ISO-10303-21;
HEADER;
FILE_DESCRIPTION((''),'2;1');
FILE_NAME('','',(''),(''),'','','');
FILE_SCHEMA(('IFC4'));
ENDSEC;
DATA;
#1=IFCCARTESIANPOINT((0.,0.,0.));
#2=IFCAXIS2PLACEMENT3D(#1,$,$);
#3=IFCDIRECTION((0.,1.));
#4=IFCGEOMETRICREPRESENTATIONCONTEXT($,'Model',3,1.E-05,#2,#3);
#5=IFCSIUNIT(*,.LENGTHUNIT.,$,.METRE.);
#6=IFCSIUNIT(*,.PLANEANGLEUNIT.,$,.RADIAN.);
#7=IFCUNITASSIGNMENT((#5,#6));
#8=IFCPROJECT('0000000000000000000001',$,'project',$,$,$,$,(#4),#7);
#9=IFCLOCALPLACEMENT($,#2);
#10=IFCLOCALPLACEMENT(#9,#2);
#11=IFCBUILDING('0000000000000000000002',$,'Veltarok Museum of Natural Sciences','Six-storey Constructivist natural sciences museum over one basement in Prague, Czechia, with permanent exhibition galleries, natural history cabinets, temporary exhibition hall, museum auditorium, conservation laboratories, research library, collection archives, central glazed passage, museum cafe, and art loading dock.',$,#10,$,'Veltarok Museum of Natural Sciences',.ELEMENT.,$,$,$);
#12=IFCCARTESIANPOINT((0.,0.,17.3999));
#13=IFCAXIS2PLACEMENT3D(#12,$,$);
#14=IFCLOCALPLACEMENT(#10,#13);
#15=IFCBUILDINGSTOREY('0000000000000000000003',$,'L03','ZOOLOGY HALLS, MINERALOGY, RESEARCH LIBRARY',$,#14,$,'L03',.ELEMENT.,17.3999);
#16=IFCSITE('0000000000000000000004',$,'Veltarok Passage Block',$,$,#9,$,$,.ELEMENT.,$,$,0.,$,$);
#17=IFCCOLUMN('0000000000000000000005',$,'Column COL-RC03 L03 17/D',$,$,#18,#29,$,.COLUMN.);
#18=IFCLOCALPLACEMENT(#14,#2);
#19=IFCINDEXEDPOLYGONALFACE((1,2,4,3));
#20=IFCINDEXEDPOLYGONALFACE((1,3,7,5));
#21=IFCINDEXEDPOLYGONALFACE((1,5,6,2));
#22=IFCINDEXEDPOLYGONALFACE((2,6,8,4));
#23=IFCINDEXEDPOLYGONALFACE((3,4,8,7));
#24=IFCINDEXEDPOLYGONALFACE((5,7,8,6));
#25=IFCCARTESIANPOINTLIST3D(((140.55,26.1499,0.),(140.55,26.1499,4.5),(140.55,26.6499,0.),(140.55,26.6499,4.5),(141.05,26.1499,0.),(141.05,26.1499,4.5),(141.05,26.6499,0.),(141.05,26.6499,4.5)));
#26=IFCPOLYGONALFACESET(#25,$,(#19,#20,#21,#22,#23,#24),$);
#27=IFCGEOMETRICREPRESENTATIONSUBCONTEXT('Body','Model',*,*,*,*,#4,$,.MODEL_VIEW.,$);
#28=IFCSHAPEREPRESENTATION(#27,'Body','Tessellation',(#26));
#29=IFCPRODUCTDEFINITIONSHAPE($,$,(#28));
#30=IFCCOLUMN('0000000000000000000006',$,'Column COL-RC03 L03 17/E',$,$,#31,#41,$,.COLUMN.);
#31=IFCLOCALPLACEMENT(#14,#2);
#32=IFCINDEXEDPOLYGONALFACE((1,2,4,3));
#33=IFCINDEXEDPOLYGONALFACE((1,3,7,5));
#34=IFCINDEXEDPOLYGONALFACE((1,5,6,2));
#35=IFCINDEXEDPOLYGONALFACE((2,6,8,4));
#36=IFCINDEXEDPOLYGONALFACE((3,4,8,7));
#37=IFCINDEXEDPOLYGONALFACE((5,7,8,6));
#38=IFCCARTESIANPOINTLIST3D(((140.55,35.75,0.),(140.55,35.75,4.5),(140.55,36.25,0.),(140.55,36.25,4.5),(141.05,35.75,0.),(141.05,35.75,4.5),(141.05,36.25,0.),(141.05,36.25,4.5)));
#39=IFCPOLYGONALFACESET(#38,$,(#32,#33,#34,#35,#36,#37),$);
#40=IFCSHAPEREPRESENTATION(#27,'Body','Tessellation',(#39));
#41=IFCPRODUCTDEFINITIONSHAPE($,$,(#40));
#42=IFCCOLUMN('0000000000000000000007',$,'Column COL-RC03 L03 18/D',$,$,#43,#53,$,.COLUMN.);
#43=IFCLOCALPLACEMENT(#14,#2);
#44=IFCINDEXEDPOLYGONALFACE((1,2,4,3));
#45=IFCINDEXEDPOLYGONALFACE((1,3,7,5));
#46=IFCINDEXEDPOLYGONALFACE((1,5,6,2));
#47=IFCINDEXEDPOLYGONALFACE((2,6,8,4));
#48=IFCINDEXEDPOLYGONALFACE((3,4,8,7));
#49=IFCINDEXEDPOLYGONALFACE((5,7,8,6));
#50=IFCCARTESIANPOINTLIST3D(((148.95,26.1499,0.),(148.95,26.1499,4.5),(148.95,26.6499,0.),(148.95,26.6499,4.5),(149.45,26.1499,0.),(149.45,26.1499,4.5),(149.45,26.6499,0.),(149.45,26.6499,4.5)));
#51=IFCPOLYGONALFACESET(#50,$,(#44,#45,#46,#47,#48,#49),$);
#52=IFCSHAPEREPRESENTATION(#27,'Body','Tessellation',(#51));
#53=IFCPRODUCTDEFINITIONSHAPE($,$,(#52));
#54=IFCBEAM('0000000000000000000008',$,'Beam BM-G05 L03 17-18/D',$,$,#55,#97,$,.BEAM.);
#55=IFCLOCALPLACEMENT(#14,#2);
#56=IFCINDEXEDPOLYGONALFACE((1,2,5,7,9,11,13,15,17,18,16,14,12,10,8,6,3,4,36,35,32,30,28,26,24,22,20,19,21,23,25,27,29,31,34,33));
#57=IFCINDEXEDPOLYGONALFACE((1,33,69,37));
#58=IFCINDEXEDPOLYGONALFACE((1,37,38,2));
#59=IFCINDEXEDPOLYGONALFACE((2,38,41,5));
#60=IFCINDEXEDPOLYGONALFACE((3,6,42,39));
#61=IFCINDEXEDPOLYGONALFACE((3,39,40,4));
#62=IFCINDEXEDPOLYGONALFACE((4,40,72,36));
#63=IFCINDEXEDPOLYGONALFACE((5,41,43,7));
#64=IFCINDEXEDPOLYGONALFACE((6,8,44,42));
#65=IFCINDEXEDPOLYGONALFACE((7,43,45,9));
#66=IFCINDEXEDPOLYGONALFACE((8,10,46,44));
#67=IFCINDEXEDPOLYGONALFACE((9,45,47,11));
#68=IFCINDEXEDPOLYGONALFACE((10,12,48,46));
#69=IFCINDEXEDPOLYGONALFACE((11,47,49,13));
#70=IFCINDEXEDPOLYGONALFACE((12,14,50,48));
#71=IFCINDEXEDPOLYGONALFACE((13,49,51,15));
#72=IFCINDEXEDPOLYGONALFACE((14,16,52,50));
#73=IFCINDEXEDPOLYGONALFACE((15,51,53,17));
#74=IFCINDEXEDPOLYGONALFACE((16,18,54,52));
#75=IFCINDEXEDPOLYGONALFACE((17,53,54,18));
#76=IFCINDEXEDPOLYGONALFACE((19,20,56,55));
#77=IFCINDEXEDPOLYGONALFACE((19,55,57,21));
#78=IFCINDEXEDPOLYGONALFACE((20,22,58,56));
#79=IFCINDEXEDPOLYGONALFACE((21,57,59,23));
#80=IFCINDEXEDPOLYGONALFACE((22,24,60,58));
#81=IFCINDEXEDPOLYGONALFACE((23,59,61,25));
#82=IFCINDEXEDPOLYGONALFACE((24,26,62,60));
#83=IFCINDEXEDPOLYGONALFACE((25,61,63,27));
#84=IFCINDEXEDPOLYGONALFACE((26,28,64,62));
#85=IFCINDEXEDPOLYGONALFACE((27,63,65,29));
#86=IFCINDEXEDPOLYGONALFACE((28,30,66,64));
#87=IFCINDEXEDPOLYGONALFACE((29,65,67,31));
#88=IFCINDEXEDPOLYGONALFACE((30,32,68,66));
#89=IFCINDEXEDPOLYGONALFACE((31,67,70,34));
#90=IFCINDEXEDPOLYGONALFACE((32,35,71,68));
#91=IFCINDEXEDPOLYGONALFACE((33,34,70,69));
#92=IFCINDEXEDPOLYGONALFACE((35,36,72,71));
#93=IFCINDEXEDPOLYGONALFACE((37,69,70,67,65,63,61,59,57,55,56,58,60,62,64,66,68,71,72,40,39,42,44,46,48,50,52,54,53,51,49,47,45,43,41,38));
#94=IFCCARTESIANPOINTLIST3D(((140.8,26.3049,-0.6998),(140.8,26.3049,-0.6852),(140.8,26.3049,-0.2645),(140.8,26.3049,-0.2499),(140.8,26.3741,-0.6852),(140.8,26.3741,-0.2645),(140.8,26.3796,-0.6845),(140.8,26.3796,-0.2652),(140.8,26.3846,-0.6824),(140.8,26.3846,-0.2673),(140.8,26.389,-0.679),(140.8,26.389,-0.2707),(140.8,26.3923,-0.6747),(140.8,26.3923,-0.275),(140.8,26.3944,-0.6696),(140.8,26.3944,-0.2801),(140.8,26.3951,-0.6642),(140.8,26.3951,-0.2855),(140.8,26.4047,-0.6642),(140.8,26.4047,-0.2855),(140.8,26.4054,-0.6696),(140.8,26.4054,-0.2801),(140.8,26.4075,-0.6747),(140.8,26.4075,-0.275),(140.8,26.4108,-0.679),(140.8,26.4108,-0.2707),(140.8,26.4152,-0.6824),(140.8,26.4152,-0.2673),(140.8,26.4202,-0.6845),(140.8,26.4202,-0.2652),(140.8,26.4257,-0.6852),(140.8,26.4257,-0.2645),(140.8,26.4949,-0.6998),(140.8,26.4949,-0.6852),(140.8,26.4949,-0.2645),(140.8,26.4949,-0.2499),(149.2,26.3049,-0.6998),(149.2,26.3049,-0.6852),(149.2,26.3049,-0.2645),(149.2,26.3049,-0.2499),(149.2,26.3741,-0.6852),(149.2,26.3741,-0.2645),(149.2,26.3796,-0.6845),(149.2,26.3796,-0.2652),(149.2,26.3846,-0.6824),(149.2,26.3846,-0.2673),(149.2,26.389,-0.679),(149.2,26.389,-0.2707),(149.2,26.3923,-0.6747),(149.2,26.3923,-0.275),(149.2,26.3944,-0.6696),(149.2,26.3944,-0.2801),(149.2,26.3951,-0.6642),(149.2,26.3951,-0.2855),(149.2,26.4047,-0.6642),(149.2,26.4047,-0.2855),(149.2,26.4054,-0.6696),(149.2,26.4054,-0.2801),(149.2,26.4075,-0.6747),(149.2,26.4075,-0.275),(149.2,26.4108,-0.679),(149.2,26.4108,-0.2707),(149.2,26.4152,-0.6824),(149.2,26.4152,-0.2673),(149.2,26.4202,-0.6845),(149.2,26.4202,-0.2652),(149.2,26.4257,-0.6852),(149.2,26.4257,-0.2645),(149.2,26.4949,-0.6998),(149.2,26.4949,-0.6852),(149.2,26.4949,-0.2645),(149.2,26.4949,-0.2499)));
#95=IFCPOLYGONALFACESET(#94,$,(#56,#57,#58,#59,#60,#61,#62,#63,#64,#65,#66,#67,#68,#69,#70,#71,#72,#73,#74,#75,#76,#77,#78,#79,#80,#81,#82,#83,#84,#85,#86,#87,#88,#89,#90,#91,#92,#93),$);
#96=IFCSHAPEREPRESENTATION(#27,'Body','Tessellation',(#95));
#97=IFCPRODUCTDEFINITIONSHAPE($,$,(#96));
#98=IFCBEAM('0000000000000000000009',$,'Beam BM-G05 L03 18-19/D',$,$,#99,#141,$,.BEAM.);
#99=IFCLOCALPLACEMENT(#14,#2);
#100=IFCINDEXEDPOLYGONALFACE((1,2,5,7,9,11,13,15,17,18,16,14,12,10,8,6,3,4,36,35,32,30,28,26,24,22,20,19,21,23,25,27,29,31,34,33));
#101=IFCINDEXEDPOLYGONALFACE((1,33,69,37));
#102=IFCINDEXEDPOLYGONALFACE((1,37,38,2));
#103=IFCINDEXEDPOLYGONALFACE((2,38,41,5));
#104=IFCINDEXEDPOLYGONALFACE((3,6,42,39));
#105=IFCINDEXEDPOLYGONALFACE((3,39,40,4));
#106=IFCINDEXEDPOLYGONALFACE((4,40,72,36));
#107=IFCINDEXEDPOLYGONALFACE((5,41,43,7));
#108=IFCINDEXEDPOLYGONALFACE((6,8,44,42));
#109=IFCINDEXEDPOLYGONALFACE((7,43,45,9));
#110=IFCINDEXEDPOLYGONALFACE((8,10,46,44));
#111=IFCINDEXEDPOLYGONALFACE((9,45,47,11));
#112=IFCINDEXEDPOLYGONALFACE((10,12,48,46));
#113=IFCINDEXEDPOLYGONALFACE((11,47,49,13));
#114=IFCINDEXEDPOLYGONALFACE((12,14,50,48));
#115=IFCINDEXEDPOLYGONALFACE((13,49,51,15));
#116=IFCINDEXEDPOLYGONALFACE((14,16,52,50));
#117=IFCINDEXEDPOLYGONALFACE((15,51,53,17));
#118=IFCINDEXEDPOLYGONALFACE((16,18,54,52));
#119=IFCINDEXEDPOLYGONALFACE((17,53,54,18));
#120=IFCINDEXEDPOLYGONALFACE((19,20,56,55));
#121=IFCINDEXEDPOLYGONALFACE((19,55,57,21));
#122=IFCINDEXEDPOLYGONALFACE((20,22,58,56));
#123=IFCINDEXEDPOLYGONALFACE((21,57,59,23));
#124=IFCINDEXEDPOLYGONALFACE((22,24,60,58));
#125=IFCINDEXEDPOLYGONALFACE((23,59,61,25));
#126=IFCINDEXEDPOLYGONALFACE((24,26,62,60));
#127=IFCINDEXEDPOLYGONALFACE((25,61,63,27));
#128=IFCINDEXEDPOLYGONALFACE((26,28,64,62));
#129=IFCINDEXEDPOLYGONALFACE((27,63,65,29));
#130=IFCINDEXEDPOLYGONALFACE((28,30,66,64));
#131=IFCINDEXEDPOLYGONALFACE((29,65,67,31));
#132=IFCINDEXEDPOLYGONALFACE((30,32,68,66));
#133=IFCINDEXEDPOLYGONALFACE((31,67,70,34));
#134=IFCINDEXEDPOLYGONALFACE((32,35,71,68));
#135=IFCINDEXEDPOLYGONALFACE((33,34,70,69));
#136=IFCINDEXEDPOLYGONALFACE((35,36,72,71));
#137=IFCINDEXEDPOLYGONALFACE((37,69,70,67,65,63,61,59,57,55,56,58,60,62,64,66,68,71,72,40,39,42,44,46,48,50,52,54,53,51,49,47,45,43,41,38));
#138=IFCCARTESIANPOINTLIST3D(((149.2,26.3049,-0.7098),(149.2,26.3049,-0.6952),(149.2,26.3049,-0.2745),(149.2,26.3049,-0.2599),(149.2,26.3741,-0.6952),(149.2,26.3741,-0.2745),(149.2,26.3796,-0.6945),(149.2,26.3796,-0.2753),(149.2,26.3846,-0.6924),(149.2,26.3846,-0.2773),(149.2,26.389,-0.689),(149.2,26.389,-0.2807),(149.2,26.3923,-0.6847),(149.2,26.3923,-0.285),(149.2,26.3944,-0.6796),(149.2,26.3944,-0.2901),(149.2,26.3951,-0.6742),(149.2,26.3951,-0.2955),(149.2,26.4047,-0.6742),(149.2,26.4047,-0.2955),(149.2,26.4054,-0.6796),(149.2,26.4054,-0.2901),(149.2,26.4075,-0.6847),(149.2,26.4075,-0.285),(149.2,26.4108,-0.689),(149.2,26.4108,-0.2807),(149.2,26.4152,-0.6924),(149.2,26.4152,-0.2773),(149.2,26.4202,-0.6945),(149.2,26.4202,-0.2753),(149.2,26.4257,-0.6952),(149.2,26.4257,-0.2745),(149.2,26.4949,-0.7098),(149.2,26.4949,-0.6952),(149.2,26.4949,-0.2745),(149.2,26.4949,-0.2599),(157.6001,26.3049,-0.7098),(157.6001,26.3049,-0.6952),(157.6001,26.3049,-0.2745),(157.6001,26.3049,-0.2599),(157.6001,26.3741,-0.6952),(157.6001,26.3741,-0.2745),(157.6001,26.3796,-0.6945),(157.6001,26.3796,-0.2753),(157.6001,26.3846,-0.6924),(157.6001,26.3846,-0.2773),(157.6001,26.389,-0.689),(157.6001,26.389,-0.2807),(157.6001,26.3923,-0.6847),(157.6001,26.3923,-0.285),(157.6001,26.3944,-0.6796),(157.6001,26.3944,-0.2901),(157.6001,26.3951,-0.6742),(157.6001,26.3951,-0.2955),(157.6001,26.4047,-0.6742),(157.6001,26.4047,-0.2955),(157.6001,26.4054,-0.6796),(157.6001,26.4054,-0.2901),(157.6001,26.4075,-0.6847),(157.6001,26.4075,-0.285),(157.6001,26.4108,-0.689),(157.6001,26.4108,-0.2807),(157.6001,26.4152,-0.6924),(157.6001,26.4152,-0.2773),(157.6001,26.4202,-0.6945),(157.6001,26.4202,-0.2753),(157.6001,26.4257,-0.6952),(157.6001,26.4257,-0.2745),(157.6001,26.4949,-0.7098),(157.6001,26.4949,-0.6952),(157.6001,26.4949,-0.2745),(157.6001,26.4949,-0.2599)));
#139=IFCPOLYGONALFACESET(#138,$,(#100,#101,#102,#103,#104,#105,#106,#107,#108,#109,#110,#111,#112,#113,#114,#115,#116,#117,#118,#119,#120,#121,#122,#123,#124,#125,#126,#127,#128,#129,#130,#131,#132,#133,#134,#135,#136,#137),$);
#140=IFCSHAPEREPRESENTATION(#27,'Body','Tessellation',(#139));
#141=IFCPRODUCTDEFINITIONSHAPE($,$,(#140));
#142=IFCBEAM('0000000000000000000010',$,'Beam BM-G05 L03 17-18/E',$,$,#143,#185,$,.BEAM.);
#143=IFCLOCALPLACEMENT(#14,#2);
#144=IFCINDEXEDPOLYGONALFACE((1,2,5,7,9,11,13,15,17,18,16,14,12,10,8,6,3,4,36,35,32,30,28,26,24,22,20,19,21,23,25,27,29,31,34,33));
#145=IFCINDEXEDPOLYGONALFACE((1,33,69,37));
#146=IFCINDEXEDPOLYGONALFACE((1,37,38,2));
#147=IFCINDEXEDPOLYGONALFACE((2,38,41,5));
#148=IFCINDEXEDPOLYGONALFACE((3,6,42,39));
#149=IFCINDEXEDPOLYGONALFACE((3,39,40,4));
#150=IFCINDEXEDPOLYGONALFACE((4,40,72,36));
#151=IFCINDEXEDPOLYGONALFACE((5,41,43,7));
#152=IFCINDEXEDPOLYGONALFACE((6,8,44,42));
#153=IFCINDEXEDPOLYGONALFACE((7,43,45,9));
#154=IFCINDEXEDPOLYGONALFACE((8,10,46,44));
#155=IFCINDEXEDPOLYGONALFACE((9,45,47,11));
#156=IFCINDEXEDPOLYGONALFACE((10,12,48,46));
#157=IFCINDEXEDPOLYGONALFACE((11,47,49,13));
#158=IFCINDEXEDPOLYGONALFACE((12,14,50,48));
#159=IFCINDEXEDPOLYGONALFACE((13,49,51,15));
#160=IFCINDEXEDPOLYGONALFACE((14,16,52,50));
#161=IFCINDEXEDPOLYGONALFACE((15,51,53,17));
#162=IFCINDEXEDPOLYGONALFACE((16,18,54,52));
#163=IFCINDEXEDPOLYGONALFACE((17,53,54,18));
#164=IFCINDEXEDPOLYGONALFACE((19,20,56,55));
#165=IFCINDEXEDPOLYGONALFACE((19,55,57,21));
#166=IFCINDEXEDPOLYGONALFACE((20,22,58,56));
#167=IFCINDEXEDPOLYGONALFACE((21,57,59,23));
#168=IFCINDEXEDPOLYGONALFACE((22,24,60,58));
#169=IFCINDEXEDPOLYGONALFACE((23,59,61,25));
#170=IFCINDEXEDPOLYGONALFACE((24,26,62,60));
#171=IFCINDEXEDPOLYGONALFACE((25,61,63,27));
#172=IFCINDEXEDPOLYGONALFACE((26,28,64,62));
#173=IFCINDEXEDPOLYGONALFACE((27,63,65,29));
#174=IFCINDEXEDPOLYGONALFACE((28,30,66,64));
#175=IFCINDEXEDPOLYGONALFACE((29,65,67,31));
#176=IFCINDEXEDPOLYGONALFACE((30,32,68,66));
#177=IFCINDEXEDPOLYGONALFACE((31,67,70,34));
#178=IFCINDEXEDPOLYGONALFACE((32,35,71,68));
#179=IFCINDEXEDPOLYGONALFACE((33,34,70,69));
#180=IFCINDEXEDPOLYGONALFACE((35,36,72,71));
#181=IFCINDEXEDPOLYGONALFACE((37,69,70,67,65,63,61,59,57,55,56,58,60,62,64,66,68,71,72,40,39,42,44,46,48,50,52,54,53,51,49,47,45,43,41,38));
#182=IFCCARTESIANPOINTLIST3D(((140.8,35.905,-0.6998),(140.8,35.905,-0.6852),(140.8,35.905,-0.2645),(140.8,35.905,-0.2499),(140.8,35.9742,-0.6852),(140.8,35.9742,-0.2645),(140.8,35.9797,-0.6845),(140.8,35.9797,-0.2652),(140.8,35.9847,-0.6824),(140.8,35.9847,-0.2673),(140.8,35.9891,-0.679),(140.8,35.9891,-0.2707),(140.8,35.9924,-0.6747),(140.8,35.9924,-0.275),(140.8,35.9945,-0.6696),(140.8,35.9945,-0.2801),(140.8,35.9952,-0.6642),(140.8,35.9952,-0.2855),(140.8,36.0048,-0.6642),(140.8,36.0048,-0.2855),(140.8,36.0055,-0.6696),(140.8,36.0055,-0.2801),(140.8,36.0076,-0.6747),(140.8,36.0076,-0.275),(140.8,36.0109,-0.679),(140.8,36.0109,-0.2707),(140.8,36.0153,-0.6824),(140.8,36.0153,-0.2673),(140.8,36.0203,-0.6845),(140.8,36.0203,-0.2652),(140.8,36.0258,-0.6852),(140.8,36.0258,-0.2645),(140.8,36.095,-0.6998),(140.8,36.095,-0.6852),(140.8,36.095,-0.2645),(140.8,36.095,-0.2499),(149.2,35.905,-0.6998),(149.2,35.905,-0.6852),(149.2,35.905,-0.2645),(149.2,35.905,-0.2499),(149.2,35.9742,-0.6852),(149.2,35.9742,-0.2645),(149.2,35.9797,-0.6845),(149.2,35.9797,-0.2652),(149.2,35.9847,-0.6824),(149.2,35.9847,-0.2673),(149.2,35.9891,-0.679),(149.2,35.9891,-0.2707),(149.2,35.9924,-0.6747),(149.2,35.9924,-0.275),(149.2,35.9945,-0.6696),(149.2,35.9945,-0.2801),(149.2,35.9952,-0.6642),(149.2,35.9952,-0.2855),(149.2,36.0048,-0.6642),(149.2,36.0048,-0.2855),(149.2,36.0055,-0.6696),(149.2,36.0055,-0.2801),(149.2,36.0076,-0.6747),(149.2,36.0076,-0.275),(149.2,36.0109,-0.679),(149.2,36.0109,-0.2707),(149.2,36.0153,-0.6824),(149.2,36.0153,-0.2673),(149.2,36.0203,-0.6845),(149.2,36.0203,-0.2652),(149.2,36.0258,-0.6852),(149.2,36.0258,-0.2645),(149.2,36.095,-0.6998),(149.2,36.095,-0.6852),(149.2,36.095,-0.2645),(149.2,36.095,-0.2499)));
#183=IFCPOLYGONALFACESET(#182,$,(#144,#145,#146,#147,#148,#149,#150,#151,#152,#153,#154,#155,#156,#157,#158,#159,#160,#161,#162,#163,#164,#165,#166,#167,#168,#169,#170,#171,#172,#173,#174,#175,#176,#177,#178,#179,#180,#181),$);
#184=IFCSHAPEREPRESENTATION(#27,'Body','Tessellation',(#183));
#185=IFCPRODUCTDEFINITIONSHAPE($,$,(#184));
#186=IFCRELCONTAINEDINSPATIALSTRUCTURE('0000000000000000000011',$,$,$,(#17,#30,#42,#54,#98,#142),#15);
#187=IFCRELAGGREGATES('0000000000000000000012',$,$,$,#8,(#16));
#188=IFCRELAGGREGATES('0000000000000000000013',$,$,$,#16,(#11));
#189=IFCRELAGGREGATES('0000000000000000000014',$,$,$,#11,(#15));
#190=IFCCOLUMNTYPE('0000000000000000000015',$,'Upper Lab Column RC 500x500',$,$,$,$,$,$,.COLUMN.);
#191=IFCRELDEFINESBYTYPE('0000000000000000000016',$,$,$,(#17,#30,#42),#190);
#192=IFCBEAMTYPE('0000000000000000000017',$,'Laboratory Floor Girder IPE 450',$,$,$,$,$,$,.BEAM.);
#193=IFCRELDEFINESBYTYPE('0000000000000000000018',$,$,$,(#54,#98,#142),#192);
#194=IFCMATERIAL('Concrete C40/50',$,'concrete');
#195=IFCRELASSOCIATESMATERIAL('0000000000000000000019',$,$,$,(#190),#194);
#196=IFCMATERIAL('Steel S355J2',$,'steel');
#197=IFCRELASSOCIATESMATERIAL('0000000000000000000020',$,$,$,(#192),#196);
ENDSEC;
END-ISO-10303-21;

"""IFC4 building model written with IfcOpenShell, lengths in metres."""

from ifc_helpers import new_model, si_unit, direction, frame, origin, origin_2d, place, context, subcontext, project, spatial, rectangle, i_section, extrude, material, material_profile, profile_set, type_object, element, save


model = new_model("IFC4")

# Units and contexts
model_context = context("Model", 3, precision=1e-05, world=origin(), true_north=direction((0.0, 1.0)))
body_context = subcontext(model_context, "Body", "Model", "MODEL_VIEW")
ifc_project = project(units=[si_unit("LENGTHUNIT", "METRE"), si_unit("PLANEANGLEUNIT", "RADIAN")], contexts=[model_context])

# Site, building, storey
site_placement = place(None, origin())
site = spatial("IfcSite", under=ifc_project, at=site_placement, Name="Veltarok Passage Block", CompositionType="ELEMENT", RefElevation=0.0)
building_placement = place(site_placement, origin())
building = spatial("IfcBuilding", under=site, at=building_placement, Name="Veltarok Museum of Natural Sciences", Description="Six-storey Constructivist natural sciences museum over one basement in Prague, Czechia, with permanent exhibition galleries, natural history cabinets, temporary exhibition hall, museum auditorium, conservation laboratories, research library, collection archives, central glazed passage, museum cafe, and art loading dock.", LongName="Veltarok Museum of Natural Sciences", CompositionType="ELEMENT")
storey_placement = place(building_placement, frame((0.0, 0.0, 17.3999)))
storey = spatial("IfcBuildingStorey", under=building, at=storey_placement, Name="L03", Description="ZOOLOGY HALLS, MINERALOGY, RESEARCH LIBRARY", LongName="L03", CompositionType="ELEMENT", Elevation=17.3999)

# Columns
ifc_material_1 = material(Name="Concrete C40/50", Category="concrete")
ifc_material_profile_1 = material_profile(ifc_material_1, rectangle(XDim=0.5, YDim=0.5, at=origin_2d()), Name="RC 500x500")
ifc_profile_set_1 = profile_set([ifc_material_profile_1], Name="Concrete C40/50")
column_type = type_object("IfcColumnType", Name="Upper Lab Column RC 500x500", PredefinedType="COLUMN", material=ifc_profile_set_1)
for number, where, z_axis, x_axis, name in (
    (1, (140.8, 26.3999, 0.0), (0.0, 0.0, 1.0), (1.0, 0.0, 0.0), "Column COL-RC03 L03 17/D"),
    (2, (140.8, 36.0, 0.0), (0.0, 0.0, 1.0), (1.0, 0.0, 0.0), "Column COL-RC03 L03 17/E"),
    (3, (149.2, 26.3999, 0.0), (0.0, 0.0, 1.0), (1.0, 0.0, 0.0), "Column COL-RC03 L03 18/D"),
):
    element("IfcColumn", number, at=place(storey_placement, frame(where, z_axis=z_axis, x_axis=x_axis)), inside=storey, type_object=column_type, Name=name, PredefinedType="COLUMN", context=body_context, shape_type="SweptSolid", body=[
        extrude(rectangle(XDim=0.5, YDim=0.5, at=origin_2d()), origin(), (0.0, 0.0, 1.0), 4.5),
    ])

# Beams
ifc_material_2 = material(Name="Steel S355J2", Category="steel")
ifc_material_profile_2 = material_profile(ifc_material_2, i_section(OverallWidth=0.1899, OverallDepth=0.45, WebThickness=0.0095, FlangeThickness=0.0146, FilletRadius=0.021, at=origin_2d()), Name="IPE 450")
ifc_profile_set_2 = profile_set([ifc_material_profile_2], Name="Steel S355J2")
beam_type_1 = type_object("IfcBeamType", Name="Laboratory Floor Girder IPE 450", PredefinedType="BEAM", material=ifc_profile_set_2)
beam_1_placement = place(storey_placement, frame((140.8, 26.3999, -0.4749), z_axis=(1.0, 0.0, 0.0), x_axis=(0.0, 1.0, 0.0)))
element("IfcBeam", 4, at=beam_1_placement, inside=storey, type_object=beam_type_1, Name="Beam BM-G05 L03 17-18/D", PredefinedType="BEAM", context=body_context, shape_type="SweptSolid", body=[
    extrude(i_section(OverallWidth=0.1899, OverallDepth=0.45, WebThickness=0.0095, FlangeThickness=0.0146, FilletRadius=0.021, at=origin_2d()), origin(), (0.0, 0.0, 1.0), 8.3999),
])
beam_2_placement = place(storey_placement, frame((149.2, 26.3999, -0.4849), z_axis=(1.0, 0.0, 0.0), x_axis=(0.0, 1.0, 0.0)))
element("IfcBeam", 5, at=beam_2_placement, inside=storey, type_object=beam_type_1, Name="Beam BM-G05 L03 18-19/D", PredefinedType="BEAM", context=body_context, shape_type="SweptSolid", body=[
    extrude(i_section(OverallWidth=0.1899, OverallDepth=0.45, WebThickness=0.0095, FlangeThickness=0.0146, FilletRadius=0.021, at=origin_2d()), origin(), (0.0, 0.0, 1.0), 8.4001),
])
beam_3_placement = place(storey_placement, frame((140.8, 36.0, -0.4749), z_axis=(1.0, 0.0, 0.0), x_axis=(0.0, 1.0, 0.0)))
element("IfcBeam", 6, at=beam_3_placement, inside=storey, type_object=beam_type_1, Name="Beam BM-G05 L03 17-18/E", PredefinedType="BEAM", context=body_context, shape_type="SweptSolid", body=[
    extrude(i_section(OverallWidth=0.1899, OverallDepth=0.45, WebThickness=0.0095, FlangeThickness=0.0146, FilletRadius=0.021, at=origin_2d()), origin(), (0.0, 0.0, 1.0), 8.3999),
])

save(model, "model.ifc")
